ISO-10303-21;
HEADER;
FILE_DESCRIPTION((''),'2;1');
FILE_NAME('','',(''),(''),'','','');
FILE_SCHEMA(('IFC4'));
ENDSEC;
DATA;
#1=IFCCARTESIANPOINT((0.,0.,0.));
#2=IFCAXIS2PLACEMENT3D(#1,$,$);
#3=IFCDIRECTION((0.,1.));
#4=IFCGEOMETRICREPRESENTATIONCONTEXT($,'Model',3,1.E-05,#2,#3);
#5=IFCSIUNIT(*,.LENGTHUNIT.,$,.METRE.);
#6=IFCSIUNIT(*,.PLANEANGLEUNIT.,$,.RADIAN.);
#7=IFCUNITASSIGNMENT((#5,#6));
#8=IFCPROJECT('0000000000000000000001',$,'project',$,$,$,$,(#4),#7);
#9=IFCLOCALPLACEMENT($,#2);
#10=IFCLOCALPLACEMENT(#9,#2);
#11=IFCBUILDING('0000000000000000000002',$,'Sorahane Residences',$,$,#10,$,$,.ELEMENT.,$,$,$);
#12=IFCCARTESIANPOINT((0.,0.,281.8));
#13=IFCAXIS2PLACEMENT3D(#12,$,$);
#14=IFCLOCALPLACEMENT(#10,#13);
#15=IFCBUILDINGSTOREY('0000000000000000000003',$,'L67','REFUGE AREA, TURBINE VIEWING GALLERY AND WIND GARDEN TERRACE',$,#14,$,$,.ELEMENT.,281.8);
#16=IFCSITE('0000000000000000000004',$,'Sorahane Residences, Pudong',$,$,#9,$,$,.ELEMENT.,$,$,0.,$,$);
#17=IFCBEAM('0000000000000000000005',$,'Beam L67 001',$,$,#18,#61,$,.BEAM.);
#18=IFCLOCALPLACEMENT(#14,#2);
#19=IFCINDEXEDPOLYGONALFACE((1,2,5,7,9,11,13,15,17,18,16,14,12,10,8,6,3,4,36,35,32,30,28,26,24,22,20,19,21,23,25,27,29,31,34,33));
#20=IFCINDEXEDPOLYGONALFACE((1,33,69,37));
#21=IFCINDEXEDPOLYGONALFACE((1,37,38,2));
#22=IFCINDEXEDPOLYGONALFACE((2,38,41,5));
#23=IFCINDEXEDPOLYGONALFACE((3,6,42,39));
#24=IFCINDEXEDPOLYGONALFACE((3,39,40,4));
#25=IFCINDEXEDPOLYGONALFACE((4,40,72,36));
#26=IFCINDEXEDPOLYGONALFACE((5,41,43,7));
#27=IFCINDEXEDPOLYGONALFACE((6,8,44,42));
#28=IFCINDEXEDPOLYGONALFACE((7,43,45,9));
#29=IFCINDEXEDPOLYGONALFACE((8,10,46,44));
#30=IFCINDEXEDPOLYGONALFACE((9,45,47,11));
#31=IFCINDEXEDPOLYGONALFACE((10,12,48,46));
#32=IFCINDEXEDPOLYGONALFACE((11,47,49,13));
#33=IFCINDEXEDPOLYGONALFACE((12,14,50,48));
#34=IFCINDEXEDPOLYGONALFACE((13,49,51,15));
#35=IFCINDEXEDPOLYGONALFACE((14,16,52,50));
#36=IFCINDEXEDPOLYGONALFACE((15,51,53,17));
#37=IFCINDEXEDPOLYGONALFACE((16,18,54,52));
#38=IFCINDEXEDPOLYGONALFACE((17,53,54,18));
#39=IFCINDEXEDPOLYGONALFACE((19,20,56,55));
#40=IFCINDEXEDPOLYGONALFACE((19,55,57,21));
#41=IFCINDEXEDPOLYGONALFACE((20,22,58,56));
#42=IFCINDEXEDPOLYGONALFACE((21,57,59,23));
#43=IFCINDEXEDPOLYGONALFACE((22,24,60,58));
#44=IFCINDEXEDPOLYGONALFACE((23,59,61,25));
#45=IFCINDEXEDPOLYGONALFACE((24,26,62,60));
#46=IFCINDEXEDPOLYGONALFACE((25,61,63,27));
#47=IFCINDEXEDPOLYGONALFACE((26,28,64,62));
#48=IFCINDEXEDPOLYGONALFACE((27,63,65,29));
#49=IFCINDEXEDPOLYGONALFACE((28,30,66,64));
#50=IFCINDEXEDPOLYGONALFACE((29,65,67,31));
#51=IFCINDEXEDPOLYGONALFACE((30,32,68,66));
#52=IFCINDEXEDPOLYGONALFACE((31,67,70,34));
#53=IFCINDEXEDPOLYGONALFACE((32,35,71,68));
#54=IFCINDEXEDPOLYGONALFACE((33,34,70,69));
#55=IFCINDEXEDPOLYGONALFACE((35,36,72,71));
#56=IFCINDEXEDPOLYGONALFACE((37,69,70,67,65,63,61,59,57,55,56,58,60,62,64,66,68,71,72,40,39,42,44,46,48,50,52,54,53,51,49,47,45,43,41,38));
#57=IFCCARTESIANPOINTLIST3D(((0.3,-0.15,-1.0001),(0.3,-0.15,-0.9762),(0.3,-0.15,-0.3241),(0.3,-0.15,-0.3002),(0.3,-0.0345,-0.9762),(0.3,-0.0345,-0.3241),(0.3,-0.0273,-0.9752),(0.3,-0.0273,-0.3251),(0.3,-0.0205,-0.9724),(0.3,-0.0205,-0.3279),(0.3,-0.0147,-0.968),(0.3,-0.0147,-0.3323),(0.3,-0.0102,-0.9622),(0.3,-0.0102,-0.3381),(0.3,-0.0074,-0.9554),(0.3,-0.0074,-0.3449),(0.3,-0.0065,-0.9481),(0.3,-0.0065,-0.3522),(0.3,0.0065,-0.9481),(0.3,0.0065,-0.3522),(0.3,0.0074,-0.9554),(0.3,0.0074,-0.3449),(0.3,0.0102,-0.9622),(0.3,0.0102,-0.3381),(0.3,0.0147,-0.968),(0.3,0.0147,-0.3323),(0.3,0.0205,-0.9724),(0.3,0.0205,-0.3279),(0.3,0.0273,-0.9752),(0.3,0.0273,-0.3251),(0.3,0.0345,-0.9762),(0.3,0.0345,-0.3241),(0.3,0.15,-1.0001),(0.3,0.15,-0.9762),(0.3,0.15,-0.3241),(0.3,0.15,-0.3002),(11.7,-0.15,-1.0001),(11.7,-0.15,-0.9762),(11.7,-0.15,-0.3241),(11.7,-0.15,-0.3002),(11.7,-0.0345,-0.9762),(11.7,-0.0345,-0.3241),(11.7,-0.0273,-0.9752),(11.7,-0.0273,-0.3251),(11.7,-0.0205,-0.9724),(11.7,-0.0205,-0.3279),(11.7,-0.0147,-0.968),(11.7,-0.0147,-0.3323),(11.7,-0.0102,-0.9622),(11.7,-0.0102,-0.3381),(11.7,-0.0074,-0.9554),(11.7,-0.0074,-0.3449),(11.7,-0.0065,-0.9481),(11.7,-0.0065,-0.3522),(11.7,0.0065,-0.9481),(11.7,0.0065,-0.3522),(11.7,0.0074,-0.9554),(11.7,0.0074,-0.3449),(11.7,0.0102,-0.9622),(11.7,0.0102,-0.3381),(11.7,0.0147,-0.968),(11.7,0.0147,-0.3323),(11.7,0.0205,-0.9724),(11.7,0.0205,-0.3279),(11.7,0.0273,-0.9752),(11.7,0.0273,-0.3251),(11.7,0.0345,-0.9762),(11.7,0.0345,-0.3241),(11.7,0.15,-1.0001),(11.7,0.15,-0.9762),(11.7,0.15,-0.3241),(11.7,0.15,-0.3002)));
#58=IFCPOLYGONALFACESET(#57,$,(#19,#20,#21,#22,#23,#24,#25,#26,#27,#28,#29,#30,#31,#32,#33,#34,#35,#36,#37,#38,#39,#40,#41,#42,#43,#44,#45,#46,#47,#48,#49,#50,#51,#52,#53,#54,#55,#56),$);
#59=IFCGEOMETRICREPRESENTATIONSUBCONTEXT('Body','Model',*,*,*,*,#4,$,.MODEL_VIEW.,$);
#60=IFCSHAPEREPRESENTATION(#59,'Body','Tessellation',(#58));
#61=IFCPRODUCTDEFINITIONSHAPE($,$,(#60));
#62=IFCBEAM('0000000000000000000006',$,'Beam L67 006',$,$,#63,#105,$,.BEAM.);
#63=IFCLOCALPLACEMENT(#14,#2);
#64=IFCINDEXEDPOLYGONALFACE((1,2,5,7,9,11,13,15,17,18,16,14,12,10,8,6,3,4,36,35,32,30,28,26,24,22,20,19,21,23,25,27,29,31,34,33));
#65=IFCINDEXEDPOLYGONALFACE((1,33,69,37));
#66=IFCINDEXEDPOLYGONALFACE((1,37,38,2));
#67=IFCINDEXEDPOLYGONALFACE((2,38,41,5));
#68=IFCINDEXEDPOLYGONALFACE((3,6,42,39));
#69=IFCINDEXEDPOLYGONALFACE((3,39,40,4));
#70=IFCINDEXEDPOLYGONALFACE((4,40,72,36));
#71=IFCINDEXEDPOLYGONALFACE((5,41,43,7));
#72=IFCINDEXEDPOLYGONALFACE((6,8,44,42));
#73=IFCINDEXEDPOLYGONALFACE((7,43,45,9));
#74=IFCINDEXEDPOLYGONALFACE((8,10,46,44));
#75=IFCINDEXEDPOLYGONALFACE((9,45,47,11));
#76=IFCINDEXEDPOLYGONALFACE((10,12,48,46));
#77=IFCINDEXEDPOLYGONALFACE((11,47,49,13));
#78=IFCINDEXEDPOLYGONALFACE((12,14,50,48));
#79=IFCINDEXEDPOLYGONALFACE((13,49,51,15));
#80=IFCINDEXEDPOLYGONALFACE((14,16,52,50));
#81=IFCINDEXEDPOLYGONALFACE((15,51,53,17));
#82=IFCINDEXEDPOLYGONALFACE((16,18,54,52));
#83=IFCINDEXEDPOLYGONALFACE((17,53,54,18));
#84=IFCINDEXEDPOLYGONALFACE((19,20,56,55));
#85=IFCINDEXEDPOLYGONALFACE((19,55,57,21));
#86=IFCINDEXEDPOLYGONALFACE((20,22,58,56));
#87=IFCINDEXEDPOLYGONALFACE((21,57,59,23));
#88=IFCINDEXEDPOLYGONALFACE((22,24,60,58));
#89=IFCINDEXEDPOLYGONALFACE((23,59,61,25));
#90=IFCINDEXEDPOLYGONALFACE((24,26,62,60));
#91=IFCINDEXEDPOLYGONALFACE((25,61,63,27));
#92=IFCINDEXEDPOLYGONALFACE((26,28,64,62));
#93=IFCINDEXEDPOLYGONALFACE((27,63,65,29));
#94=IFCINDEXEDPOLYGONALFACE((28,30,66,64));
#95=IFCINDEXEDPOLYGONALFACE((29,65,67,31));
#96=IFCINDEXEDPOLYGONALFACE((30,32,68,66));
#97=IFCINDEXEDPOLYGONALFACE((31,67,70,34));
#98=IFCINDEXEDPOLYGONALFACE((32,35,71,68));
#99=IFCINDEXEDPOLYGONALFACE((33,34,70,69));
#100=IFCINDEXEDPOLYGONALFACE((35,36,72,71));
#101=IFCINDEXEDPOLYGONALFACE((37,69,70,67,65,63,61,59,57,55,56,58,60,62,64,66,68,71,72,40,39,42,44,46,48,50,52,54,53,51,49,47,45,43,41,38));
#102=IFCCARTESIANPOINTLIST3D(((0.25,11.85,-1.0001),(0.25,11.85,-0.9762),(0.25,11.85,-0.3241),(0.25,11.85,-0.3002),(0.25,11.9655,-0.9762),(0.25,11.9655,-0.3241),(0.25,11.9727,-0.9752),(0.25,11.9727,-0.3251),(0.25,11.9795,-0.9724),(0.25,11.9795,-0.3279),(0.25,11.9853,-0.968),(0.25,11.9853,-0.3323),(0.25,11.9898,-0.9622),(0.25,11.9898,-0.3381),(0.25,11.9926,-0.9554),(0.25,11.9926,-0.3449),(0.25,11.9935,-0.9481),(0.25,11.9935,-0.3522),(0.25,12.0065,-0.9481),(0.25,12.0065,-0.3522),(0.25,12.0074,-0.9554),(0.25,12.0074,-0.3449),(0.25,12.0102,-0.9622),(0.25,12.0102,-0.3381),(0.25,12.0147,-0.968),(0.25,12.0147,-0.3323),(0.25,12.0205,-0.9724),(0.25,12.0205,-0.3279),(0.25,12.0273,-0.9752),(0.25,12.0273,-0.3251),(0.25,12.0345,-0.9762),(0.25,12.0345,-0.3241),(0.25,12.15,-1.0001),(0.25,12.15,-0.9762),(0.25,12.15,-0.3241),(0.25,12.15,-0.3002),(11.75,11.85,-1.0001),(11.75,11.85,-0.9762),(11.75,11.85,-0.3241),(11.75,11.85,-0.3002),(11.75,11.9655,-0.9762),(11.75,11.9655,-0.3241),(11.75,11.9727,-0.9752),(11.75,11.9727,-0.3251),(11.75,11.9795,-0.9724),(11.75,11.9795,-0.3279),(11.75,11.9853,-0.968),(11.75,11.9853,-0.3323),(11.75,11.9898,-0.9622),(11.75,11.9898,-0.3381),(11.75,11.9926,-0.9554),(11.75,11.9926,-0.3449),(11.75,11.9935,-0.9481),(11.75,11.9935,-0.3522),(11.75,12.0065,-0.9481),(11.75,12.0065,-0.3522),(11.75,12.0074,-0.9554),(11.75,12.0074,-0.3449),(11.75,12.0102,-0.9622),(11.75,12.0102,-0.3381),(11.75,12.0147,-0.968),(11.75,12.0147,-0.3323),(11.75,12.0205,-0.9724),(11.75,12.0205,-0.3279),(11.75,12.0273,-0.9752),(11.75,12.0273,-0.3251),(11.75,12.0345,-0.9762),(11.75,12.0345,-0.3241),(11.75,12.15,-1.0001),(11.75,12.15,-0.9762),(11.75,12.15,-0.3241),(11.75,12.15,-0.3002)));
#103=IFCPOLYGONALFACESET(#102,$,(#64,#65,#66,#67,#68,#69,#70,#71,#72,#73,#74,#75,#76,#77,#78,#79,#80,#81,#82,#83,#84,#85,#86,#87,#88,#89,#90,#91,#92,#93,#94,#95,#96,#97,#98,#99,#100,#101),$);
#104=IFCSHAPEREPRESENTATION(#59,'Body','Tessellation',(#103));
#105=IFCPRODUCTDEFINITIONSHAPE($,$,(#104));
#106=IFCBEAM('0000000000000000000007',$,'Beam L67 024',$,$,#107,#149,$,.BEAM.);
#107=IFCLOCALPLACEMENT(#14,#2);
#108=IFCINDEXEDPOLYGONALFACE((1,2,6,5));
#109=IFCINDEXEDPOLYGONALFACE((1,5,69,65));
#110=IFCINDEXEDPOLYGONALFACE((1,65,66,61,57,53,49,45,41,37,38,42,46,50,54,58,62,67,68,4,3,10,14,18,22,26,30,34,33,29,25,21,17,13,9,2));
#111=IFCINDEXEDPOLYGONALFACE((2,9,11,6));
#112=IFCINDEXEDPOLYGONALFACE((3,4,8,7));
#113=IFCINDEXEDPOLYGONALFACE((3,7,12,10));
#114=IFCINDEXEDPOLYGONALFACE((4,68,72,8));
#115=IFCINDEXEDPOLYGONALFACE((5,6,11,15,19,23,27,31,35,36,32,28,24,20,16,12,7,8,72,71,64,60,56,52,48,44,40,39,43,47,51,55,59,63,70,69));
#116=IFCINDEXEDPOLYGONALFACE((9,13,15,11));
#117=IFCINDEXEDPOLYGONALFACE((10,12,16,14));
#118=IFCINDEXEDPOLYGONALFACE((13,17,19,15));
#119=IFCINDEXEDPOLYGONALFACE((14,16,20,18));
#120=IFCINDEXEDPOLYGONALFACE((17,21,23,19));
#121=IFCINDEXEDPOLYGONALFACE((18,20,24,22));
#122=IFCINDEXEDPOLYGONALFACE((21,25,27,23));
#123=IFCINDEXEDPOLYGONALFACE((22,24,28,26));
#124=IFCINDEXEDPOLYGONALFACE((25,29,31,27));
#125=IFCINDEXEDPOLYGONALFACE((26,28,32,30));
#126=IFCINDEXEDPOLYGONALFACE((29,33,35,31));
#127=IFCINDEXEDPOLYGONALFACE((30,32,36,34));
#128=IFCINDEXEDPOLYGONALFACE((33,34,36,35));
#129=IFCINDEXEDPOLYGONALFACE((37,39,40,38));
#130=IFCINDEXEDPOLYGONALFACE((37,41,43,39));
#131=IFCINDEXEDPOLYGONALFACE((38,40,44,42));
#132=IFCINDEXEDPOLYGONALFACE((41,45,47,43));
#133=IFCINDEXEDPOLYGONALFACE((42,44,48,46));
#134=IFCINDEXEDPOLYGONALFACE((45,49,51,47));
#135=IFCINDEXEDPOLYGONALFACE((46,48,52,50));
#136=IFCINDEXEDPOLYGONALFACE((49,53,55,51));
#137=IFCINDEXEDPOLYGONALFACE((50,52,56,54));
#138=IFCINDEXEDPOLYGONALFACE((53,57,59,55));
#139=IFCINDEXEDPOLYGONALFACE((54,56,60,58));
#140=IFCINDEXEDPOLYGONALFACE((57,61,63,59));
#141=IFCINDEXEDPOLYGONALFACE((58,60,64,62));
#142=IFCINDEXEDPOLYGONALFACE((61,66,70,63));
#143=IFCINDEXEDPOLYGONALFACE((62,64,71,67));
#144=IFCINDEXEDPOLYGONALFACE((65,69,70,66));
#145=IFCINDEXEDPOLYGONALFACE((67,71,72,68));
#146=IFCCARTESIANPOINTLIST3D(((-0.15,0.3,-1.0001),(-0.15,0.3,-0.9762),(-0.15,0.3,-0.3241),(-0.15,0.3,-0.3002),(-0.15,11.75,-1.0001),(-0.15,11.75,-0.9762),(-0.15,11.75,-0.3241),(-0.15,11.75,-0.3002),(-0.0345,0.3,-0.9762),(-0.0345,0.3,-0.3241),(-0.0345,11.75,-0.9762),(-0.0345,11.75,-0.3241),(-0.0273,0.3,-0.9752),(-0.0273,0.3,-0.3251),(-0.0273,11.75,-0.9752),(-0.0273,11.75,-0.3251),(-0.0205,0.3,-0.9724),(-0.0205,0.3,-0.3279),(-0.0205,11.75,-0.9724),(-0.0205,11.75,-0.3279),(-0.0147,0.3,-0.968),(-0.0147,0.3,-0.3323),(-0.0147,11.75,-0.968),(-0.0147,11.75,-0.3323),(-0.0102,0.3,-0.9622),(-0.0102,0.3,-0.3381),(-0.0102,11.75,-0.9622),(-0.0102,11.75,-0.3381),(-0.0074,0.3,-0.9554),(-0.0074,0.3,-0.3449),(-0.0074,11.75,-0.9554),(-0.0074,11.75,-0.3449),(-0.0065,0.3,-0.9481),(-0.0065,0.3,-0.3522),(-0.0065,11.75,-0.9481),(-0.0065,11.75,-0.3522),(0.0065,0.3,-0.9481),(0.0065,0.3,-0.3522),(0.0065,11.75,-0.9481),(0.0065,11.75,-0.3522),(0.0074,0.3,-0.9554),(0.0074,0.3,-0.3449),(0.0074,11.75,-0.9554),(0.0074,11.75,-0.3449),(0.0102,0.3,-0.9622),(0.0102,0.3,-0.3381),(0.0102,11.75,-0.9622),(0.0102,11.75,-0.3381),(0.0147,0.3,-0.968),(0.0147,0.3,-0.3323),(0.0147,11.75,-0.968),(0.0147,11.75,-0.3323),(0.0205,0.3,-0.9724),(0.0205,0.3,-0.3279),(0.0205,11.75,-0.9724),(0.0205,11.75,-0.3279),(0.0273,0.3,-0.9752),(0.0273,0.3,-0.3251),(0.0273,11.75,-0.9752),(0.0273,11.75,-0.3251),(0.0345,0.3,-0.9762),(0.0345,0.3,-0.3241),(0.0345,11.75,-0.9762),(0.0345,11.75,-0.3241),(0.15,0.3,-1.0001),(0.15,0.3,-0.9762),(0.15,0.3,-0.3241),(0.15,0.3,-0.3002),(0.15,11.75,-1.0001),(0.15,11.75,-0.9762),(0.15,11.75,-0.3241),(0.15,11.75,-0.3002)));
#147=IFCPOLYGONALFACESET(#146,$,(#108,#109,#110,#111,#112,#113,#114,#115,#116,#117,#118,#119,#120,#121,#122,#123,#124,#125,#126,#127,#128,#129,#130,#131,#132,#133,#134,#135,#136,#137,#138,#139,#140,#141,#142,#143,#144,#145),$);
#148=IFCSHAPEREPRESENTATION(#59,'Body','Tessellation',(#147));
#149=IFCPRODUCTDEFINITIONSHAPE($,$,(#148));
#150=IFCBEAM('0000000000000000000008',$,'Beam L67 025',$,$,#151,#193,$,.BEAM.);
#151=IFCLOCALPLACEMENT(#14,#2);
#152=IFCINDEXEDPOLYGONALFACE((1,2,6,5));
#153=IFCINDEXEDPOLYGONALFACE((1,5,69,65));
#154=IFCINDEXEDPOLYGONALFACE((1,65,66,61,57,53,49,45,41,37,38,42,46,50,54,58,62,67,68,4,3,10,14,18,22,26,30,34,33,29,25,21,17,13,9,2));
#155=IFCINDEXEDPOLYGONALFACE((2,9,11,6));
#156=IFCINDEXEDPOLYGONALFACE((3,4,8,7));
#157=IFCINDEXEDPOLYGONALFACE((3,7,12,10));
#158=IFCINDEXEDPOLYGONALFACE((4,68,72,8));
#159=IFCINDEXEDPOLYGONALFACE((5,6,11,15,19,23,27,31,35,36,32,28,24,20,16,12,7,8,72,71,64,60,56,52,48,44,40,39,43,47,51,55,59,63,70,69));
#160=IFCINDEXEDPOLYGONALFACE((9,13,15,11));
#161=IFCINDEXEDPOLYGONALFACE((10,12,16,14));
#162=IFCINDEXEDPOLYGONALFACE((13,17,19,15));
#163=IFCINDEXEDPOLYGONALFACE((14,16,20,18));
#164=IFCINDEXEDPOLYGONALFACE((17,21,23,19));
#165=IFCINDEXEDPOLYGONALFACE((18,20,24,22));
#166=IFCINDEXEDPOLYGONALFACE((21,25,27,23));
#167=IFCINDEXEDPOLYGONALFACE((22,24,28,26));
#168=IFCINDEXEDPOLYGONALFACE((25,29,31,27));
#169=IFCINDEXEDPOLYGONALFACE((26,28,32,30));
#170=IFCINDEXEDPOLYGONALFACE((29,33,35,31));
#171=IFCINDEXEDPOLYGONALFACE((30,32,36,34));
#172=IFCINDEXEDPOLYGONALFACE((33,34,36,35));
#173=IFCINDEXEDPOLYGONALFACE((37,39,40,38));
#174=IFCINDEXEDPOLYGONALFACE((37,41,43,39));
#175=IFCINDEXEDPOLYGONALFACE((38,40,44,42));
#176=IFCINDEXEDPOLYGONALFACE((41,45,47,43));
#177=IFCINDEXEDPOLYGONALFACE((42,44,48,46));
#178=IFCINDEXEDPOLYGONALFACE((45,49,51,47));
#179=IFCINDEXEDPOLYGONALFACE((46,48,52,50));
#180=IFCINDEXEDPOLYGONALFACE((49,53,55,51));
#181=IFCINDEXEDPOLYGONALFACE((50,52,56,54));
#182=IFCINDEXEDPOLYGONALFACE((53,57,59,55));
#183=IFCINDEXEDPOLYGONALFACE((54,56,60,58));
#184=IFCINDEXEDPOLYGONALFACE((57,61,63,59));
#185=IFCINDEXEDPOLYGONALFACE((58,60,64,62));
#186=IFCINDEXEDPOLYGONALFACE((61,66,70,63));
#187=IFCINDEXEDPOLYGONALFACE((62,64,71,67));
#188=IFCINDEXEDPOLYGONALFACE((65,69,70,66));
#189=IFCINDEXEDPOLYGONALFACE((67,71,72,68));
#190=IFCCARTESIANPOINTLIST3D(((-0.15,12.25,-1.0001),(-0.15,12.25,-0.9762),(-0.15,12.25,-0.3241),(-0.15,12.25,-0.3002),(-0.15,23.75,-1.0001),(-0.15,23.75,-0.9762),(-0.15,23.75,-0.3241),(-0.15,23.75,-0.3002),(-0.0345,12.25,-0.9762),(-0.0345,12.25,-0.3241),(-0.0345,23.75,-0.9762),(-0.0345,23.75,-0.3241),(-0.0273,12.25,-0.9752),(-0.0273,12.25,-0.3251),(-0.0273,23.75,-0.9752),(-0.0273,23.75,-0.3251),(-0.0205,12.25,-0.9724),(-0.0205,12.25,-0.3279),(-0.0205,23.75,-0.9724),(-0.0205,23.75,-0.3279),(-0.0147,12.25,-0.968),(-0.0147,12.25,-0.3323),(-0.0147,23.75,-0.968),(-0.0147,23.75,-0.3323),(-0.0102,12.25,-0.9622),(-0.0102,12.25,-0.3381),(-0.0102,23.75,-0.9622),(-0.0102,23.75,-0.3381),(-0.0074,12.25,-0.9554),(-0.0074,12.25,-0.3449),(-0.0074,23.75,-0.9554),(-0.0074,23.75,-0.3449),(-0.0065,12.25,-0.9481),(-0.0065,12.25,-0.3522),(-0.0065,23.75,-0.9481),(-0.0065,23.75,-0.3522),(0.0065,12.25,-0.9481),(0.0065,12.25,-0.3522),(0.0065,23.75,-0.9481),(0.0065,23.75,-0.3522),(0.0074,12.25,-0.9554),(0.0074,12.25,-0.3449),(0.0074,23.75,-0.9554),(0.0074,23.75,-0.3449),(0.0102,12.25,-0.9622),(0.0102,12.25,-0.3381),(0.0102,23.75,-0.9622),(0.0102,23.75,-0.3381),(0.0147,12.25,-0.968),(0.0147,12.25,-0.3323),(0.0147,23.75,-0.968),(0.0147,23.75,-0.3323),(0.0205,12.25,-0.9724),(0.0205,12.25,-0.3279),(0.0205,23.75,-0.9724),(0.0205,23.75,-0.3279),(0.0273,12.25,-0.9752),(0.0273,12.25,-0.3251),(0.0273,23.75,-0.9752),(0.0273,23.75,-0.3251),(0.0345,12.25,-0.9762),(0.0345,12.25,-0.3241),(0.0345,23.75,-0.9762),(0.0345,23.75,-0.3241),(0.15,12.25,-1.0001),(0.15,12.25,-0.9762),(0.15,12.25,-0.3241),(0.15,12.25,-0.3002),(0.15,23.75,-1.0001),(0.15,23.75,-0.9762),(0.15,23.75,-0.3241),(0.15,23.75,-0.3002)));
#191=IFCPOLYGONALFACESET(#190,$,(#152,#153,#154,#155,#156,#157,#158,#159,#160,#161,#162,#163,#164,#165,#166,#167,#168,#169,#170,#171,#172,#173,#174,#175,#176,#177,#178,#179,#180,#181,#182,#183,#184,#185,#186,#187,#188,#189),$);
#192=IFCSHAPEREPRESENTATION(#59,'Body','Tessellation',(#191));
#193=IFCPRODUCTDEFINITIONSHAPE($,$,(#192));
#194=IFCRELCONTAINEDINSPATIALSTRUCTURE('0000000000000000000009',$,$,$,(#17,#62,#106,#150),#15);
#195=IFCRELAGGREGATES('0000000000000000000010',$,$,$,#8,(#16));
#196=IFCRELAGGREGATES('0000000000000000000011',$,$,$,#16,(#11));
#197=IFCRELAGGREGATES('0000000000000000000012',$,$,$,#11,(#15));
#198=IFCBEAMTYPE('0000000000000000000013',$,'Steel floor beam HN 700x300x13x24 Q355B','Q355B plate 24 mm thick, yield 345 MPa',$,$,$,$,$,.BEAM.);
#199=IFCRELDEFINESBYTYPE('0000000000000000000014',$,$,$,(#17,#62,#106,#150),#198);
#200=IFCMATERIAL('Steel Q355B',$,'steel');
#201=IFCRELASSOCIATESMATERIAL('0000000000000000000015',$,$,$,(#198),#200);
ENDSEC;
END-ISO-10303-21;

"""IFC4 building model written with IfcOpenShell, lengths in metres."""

from ifc_helpers import new_model, si_unit, direction, frame, origin, origin_2d, place, context, subcontext, project, spatial, i_section, extrude, material, material_profile, profile_set, type_object, element, save


model = new_model("IFC4")

# Units and contexts
model_context = context("Model", 3, precision=1e-05, world=origin(), true_north=direction((0.0, 1.0)))
body_context = subcontext(model_context, "Body", "Model", "MODEL_VIEW")
ifc_project = project(units=[si_unit("LENGTHUNIT", "METRE"), si_unit("PLANEANGLEUNIT", "RADIAN")], contexts=[model_context])

# Site, building, storey
site_placement = place(None, origin())
site = spatial("IfcSite", under=ifc_project, at=site_placement, Name="Sorahane Residences, Pudong", CompositionType="ELEMENT", RefElevation=0.0)
building_placement = place(site_placement, origin())
building = spatial("IfcBuilding", under=site, at=building_placement, Name="Sorahane Residences", CompositionType="ELEMENT")
storey_placement = place(building_placement, frame((0.0, 0.0, 281.8)))
storey = spatial("IfcBuildingStorey", under=building, at=storey_placement, Name="L67", Description="REFUGE AREA, TURBINE VIEWING GALLERY AND WIND GARDEN TERRACE", CompositionType="ELEMENT", Elevation=281.8)

# Beams
ifc_material_1 = material(Name="Steel Q355B", Category="steel")
ifc_material_profile_1 = material_profile(ifc_material_1, i_section(OverallWidth=0.3, OverallDepth=0.7, WebThickness=0.0129, FlangeThickness=0.0239, FilletRadius=0.0281, at=origin_2d()), Name="HN 700x300x13x24")
ifc_profile_set_1 = profile_set([ifc_material_profile_1], Name="Steel Q355B")
beam_type_1 = type_object("IfcBeamType", Name="Steel floor beam HN 700x300x13x24 Q355B", Description="Q355B plate 24 mm thick, yield 345 MPa", PredefinedType="BEAM", material=ifc_profile_set_1)
beam_1_placement = place(storey_placement, frame((0.3, 0.0, -0.6501), z_axis=(1.0, 0.0, 0.0), x_axis=(0.0, 1.0, 0.0)))
element("IfcBeam", 1, at=beam_1_placement, inside=storey, type_object=beam_type_1, Name="Beam L67 001", PredefinedType="BEAM", context=body_context, shape_type="SweptSolid", body=[
    extrude(i_section(OverallWidth=0.3, OverallDepth=0.7, WebThickness=0.0129, FlangeThickness=0.0239, FilletRadius=0.0281, at=origin_2d()), origin(), (0.0, 0.0, 1.0), 11.3999),
])
beam_2_placement = place(storey_placement, frame((0.25, 12.0, -0.6501), z_axis=(1.0, 0.0, 0.0), x_axis=(0.0, 1.0, 0.0)))
element("IfcBeam", 2, at=beam_2_placement, inside=storey, type_object=beam_type_1, Name="Beam L67 006", PredefinedType="BEAM", context=body_context, shape_type="SweptSolid", body=[
    extrude(i_section(OverallWidth=0.3, OverallDepth=0.7, WebThickness=0.0129, FlangeThickness=0.0239, FilletRadius=0.0281, at=origin_2d()), origin(), (0.0, 0.0, 1.0), 11.5),
])
beam_3_placement = place(storey_placement, frame((0.0, 0.3, -0.6501), z_axis=(0.0, 1.0, 0.0), x_axis=(-1.0, 0.0, 0.0)))
element("IfcBeam", 3, at=beam_3_placement, inside=storey, type_object=beam_type_1, Name="Beam L67 024", PredefinedType="BEAM", context=body_context, shape_type="SweptSolid", body=[
    extrude(i_section(OverallWidth=0.3, OverallDepth=0.7, WebThickness=0.0129, FlangeThickness=0.0239, FilletRadius=0.0281, at=origin_2d()), origin(), (0.0, 0.0, 1.0), 11.45),
])
beam_4_placement = place(storey_placement, frame((0.0, 12.25, -0.6501), z_axis=(0.0, 1.0, 0.0), x_axis=(-1.0, 0.0, 0.0)))
element("IfcBeam", 4, at=beam_4_placement, inside=storey, type_object=beam_type_1, Name="Beam L67 025", PredefinedType="BEAM", context=body_context, shape_type="SweptSolid", body=[
    extrude(i_section(OverallWidth=0.3, OverallDepth=0.7, WebThickness=0.0129, FlangeThickness=0.0239, FilletRadius=0.0281, at=origin_2d()), origin(), (0.0, 0.0, 1.0), 11.5),
])

save(model, "model.ifc")
